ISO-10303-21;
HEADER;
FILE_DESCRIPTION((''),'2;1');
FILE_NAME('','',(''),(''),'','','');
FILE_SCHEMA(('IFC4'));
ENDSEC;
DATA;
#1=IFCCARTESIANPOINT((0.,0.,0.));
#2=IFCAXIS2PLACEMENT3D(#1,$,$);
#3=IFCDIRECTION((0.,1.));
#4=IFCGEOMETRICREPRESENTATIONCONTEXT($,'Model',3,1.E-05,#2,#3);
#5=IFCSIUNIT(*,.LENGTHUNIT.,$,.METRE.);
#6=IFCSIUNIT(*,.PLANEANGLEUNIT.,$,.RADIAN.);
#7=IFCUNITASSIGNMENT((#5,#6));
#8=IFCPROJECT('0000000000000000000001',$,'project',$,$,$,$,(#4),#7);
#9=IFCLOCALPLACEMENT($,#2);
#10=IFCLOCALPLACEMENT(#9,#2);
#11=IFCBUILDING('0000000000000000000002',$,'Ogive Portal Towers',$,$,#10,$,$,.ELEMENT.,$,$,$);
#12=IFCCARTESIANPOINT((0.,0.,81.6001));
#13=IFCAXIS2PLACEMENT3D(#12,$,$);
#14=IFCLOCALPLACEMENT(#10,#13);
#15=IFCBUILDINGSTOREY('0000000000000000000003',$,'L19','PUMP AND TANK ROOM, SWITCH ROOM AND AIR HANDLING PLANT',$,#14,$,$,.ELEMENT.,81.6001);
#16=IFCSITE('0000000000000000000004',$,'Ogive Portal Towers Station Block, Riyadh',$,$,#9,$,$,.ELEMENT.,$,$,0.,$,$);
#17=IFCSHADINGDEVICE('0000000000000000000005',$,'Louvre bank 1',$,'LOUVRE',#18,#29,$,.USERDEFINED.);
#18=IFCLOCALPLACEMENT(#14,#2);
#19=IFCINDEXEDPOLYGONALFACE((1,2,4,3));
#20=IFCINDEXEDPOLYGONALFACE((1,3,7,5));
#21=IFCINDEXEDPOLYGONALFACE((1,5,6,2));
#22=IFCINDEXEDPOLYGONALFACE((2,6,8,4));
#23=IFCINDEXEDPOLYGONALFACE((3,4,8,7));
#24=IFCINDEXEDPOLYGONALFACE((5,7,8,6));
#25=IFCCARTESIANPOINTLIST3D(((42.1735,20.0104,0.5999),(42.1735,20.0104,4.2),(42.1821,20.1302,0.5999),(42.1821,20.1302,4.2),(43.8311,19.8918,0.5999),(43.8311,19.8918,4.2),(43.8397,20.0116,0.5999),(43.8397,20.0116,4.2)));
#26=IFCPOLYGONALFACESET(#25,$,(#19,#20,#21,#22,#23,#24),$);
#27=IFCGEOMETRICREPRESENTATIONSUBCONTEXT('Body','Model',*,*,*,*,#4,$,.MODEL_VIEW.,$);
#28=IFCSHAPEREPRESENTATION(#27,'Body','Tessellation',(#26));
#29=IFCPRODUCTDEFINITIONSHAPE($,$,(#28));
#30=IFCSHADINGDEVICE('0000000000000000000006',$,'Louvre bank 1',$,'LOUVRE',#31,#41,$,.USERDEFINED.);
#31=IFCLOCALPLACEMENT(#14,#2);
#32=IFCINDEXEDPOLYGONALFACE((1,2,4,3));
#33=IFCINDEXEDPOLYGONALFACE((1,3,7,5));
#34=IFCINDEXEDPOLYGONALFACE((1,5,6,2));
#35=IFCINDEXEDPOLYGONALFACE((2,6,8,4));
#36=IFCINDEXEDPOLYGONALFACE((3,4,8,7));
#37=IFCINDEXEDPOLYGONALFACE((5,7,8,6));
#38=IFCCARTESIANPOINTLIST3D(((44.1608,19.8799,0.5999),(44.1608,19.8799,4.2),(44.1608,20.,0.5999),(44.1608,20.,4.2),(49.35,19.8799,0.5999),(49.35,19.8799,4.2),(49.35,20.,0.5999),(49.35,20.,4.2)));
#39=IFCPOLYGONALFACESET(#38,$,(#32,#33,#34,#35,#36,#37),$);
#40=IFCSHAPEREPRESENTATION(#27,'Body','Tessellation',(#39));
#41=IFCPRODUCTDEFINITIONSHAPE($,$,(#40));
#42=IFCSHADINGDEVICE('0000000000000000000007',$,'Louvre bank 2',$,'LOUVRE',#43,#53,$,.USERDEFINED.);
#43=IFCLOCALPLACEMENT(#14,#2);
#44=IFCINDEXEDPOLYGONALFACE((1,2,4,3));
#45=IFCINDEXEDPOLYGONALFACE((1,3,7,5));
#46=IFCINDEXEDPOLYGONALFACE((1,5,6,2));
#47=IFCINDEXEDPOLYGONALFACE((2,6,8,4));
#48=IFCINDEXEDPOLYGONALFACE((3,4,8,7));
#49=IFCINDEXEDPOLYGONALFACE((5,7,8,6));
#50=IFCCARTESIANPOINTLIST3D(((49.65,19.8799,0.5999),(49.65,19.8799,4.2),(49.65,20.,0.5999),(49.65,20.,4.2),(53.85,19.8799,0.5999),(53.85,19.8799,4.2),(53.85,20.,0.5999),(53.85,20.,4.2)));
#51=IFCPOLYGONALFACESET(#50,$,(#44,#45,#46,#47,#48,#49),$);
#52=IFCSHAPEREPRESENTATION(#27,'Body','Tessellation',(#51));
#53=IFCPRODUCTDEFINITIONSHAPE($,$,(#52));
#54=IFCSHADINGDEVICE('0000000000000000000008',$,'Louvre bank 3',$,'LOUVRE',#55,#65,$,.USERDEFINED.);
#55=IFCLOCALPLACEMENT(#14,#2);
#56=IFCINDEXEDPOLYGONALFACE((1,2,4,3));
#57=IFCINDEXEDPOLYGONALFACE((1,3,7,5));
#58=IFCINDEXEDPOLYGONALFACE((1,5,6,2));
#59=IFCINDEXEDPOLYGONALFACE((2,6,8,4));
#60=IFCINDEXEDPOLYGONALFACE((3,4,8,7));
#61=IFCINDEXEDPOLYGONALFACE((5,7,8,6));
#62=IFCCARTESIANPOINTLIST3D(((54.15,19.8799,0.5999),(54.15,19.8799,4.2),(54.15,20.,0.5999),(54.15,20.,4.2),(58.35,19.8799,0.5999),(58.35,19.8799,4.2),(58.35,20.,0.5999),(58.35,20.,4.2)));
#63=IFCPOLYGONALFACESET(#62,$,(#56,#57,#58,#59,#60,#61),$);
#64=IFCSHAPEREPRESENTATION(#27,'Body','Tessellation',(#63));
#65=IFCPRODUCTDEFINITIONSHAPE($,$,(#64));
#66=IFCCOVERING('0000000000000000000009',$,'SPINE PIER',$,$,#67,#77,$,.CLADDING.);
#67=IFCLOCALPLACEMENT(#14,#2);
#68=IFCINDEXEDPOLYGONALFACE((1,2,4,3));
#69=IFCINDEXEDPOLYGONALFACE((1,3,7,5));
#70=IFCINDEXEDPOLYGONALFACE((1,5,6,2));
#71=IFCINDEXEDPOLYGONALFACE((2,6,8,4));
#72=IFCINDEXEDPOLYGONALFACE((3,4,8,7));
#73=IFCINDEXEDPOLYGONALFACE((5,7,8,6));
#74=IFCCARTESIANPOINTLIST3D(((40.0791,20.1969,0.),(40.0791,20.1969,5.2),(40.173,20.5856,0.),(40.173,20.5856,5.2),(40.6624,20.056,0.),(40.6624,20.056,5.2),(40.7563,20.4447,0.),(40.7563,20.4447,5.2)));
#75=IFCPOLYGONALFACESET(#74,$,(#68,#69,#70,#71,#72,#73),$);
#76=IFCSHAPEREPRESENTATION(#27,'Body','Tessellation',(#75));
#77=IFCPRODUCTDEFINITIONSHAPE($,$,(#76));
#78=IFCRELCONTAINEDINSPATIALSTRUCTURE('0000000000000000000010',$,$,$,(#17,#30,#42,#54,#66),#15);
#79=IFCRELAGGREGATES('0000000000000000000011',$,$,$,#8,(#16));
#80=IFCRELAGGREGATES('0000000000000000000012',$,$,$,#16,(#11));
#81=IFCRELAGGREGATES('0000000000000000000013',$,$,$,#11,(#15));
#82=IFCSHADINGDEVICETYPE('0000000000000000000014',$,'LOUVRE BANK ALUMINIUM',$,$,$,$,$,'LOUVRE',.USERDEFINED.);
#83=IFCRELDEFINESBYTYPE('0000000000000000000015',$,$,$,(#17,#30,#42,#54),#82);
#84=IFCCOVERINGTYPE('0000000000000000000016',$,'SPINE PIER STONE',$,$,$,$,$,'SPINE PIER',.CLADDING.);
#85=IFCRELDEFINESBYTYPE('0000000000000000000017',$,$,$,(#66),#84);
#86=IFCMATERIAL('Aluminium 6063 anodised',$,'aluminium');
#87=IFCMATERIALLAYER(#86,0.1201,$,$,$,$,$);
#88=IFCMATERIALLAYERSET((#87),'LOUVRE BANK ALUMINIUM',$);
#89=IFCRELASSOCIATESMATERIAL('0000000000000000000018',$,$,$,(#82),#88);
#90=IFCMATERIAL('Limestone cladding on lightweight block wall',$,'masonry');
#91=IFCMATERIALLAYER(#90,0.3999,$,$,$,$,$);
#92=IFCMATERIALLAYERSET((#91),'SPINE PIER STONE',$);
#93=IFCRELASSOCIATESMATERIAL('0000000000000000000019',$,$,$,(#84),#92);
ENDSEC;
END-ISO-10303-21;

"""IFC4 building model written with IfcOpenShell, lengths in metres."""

from ifc_helpers import new_model, si_unit, direction, frame, origin, origin_2d, place, context, subcontext, project, spatial, rectangle, extrude, material, layer, layer_set, type_object, element, save


model = new_model("IFC4")

# Units and contexts
model_context = context("Model", 3, precision=1e-05, world=origin(), true_north=direction((0.0, 1.0)))
body_context = subcontext(model_context, "Body", "Model", "MODEL_VIEW")
ifc_project = project(units=[si_unit("LENGTHUNIT", "METRE"), si_unit("PLANEANGLEUNIT", "RADIAN")], contexts=[model_context])

# Site, building, storey
site_placement = place(None, origin())
site = spatial("IfcSite", under=ifc_project, at=site_placement, Name="Ogive Portal Towers Station Block, Riyadh", CompositionType="ELEMENT", RefElevation=0.0)
building_placement = place(site_placement, origin())
building = spatial("IfcBuilding", under=site, at=building_placement, Name="Ogive Portal Towers", CompositionType="ELEMENT")
storey_placement = place(building_placement, frame((0.0, 0.0, 81.6001)))
storey = spatial("IfcBuildingStorey", under=building, at=storey_placement, Name="L19", Description="PUMP AND TANK ROOM, SWITCH ROOM AND AIR HANDLING PLANT", CompositionType="ELEMENT", Elevation=81.6001)

# Shared definitions
ifc_material_1 = material(Name="Limestone cladding on lightweight block wall", Category="masonry")

# Shading devices
ifc_material_2 = material(Name="Aluminium 6063 anodised", Category="aluminium")
ifc_layer_1 = layer(ifc_material_2, 0.1201)
ifc_layer_set_1 = layer_set([ifc_layer_1], Name="LOUVRE BANK ALUMINIUM")
shading_device_type = type_object("IfcShadingDeviceType", Name="LOUVRE BANK ALUMINIUM", ElementType="LOUVRE", PredefinedType="USERDEFINED", material=ifc_layer_set_1)
shading_device_1_placement = place(storey_placement, frame((43.0066, 20.011, 0.5999), z_axis=(0.0, 0.0, 1.0), x_axis=(0.997452, -0.071339, 0.0)))
element("IfcShadingDevice", 1, at=shading_device_1_placement, inside=storey, type_object=shading_device_type, Name="Louvre bank 1", ObjectType="LOUVRE", PredefinedType="USERDEFINED", context=body_context, shape_type="SweptSolid", body=[
    extrude(rectangle(XDim=1.6619, YDim=0.1201, at=origin_2d()), origin(), (0.0, 0.0, 1.0), 3.6001),
])
shading_device_2_placement = place(storey_placement, frame((46.7554, 19.9399, 0.5999), z_axis=(0.0, 0.0, 1.0), x_axis=(1.0, 0.0, 0.0)))
element("IfcShadingDevice", 2, at=shading_device_2_placement, inside=storey, type_object=shading_device_type, Name="Louvre bank 1", ObjectType="LOUVRE", PredefinedType="USERDEFINED", context=body_context, shape_type="SweptSolid", body=[
    extrude(rectangle(XDim=5.1892, YDim=0.1201, at=origin_2d()), origin(), (0.0, 0.0, 1.0), 3.6001),
])
for number, where, z_axis, x_axis, name in (
    (3, (51.75, 19.9399, 0.5999), (0.0, 0.0, 1.0), (1.0, 0.0, 0.0), "Louvre bank 2"),
    (4, (56.25, 19.9399, 0.5999), (0.0, 0.0, 1.0), (1.0, 0.0, 0.0), "Louvre bank 3"),
):
    element("IfcShadingDevice", number, at=place(storey_placement, frame(where, z_axis=z_axis, x_axis=x_axis)), inside=storey, type_object=shading_device_type, Name=name, ObjectType="LOUVRE", PredefinedType="USERDEFINED", context=body_context, shape_type="SweptSolid", body=[
        extrude(rectangle(XDim=4.2, YDim=0.1201, at=origin_2d()), origin(), (0.0, 0.0, 1.0), 3.6001),
    ])

# Covering
ifc_layer_2 = layer(ifc_material_1, 0.3999)
ifc_layer_set_2 = layer_set([ifc_layer_2], Name="SPINE PIER STONE")
covering_type = type_object("IfcCoveringType", Name="SPINE PIER STONE", ElementType="SPINE PIER", PredefinedType="CLADDING", material=ifc_layer_set_2)
covering_placement = place(storey_placement, frame((40.4177, 20.3208, 0.0), z_axis=(0.0, 0.0, 1.0), x_axis=(0.972048, -0.234782, 0.0)))
element("IfcCovering", 5, at=covering_placement, inside=storey, type_object=covering_type, Name="SPINE PIER", PredefinedType="CLADDING", context=body_context, shape_type="SweptSolid", body=[
    extrude(rectangle(XDim=0.6001, YDim=0.3999, at=origin_2d()), origin(), (0.0, 0.0, 1.0), 5.2),
])

save(model, "model.ifc")
